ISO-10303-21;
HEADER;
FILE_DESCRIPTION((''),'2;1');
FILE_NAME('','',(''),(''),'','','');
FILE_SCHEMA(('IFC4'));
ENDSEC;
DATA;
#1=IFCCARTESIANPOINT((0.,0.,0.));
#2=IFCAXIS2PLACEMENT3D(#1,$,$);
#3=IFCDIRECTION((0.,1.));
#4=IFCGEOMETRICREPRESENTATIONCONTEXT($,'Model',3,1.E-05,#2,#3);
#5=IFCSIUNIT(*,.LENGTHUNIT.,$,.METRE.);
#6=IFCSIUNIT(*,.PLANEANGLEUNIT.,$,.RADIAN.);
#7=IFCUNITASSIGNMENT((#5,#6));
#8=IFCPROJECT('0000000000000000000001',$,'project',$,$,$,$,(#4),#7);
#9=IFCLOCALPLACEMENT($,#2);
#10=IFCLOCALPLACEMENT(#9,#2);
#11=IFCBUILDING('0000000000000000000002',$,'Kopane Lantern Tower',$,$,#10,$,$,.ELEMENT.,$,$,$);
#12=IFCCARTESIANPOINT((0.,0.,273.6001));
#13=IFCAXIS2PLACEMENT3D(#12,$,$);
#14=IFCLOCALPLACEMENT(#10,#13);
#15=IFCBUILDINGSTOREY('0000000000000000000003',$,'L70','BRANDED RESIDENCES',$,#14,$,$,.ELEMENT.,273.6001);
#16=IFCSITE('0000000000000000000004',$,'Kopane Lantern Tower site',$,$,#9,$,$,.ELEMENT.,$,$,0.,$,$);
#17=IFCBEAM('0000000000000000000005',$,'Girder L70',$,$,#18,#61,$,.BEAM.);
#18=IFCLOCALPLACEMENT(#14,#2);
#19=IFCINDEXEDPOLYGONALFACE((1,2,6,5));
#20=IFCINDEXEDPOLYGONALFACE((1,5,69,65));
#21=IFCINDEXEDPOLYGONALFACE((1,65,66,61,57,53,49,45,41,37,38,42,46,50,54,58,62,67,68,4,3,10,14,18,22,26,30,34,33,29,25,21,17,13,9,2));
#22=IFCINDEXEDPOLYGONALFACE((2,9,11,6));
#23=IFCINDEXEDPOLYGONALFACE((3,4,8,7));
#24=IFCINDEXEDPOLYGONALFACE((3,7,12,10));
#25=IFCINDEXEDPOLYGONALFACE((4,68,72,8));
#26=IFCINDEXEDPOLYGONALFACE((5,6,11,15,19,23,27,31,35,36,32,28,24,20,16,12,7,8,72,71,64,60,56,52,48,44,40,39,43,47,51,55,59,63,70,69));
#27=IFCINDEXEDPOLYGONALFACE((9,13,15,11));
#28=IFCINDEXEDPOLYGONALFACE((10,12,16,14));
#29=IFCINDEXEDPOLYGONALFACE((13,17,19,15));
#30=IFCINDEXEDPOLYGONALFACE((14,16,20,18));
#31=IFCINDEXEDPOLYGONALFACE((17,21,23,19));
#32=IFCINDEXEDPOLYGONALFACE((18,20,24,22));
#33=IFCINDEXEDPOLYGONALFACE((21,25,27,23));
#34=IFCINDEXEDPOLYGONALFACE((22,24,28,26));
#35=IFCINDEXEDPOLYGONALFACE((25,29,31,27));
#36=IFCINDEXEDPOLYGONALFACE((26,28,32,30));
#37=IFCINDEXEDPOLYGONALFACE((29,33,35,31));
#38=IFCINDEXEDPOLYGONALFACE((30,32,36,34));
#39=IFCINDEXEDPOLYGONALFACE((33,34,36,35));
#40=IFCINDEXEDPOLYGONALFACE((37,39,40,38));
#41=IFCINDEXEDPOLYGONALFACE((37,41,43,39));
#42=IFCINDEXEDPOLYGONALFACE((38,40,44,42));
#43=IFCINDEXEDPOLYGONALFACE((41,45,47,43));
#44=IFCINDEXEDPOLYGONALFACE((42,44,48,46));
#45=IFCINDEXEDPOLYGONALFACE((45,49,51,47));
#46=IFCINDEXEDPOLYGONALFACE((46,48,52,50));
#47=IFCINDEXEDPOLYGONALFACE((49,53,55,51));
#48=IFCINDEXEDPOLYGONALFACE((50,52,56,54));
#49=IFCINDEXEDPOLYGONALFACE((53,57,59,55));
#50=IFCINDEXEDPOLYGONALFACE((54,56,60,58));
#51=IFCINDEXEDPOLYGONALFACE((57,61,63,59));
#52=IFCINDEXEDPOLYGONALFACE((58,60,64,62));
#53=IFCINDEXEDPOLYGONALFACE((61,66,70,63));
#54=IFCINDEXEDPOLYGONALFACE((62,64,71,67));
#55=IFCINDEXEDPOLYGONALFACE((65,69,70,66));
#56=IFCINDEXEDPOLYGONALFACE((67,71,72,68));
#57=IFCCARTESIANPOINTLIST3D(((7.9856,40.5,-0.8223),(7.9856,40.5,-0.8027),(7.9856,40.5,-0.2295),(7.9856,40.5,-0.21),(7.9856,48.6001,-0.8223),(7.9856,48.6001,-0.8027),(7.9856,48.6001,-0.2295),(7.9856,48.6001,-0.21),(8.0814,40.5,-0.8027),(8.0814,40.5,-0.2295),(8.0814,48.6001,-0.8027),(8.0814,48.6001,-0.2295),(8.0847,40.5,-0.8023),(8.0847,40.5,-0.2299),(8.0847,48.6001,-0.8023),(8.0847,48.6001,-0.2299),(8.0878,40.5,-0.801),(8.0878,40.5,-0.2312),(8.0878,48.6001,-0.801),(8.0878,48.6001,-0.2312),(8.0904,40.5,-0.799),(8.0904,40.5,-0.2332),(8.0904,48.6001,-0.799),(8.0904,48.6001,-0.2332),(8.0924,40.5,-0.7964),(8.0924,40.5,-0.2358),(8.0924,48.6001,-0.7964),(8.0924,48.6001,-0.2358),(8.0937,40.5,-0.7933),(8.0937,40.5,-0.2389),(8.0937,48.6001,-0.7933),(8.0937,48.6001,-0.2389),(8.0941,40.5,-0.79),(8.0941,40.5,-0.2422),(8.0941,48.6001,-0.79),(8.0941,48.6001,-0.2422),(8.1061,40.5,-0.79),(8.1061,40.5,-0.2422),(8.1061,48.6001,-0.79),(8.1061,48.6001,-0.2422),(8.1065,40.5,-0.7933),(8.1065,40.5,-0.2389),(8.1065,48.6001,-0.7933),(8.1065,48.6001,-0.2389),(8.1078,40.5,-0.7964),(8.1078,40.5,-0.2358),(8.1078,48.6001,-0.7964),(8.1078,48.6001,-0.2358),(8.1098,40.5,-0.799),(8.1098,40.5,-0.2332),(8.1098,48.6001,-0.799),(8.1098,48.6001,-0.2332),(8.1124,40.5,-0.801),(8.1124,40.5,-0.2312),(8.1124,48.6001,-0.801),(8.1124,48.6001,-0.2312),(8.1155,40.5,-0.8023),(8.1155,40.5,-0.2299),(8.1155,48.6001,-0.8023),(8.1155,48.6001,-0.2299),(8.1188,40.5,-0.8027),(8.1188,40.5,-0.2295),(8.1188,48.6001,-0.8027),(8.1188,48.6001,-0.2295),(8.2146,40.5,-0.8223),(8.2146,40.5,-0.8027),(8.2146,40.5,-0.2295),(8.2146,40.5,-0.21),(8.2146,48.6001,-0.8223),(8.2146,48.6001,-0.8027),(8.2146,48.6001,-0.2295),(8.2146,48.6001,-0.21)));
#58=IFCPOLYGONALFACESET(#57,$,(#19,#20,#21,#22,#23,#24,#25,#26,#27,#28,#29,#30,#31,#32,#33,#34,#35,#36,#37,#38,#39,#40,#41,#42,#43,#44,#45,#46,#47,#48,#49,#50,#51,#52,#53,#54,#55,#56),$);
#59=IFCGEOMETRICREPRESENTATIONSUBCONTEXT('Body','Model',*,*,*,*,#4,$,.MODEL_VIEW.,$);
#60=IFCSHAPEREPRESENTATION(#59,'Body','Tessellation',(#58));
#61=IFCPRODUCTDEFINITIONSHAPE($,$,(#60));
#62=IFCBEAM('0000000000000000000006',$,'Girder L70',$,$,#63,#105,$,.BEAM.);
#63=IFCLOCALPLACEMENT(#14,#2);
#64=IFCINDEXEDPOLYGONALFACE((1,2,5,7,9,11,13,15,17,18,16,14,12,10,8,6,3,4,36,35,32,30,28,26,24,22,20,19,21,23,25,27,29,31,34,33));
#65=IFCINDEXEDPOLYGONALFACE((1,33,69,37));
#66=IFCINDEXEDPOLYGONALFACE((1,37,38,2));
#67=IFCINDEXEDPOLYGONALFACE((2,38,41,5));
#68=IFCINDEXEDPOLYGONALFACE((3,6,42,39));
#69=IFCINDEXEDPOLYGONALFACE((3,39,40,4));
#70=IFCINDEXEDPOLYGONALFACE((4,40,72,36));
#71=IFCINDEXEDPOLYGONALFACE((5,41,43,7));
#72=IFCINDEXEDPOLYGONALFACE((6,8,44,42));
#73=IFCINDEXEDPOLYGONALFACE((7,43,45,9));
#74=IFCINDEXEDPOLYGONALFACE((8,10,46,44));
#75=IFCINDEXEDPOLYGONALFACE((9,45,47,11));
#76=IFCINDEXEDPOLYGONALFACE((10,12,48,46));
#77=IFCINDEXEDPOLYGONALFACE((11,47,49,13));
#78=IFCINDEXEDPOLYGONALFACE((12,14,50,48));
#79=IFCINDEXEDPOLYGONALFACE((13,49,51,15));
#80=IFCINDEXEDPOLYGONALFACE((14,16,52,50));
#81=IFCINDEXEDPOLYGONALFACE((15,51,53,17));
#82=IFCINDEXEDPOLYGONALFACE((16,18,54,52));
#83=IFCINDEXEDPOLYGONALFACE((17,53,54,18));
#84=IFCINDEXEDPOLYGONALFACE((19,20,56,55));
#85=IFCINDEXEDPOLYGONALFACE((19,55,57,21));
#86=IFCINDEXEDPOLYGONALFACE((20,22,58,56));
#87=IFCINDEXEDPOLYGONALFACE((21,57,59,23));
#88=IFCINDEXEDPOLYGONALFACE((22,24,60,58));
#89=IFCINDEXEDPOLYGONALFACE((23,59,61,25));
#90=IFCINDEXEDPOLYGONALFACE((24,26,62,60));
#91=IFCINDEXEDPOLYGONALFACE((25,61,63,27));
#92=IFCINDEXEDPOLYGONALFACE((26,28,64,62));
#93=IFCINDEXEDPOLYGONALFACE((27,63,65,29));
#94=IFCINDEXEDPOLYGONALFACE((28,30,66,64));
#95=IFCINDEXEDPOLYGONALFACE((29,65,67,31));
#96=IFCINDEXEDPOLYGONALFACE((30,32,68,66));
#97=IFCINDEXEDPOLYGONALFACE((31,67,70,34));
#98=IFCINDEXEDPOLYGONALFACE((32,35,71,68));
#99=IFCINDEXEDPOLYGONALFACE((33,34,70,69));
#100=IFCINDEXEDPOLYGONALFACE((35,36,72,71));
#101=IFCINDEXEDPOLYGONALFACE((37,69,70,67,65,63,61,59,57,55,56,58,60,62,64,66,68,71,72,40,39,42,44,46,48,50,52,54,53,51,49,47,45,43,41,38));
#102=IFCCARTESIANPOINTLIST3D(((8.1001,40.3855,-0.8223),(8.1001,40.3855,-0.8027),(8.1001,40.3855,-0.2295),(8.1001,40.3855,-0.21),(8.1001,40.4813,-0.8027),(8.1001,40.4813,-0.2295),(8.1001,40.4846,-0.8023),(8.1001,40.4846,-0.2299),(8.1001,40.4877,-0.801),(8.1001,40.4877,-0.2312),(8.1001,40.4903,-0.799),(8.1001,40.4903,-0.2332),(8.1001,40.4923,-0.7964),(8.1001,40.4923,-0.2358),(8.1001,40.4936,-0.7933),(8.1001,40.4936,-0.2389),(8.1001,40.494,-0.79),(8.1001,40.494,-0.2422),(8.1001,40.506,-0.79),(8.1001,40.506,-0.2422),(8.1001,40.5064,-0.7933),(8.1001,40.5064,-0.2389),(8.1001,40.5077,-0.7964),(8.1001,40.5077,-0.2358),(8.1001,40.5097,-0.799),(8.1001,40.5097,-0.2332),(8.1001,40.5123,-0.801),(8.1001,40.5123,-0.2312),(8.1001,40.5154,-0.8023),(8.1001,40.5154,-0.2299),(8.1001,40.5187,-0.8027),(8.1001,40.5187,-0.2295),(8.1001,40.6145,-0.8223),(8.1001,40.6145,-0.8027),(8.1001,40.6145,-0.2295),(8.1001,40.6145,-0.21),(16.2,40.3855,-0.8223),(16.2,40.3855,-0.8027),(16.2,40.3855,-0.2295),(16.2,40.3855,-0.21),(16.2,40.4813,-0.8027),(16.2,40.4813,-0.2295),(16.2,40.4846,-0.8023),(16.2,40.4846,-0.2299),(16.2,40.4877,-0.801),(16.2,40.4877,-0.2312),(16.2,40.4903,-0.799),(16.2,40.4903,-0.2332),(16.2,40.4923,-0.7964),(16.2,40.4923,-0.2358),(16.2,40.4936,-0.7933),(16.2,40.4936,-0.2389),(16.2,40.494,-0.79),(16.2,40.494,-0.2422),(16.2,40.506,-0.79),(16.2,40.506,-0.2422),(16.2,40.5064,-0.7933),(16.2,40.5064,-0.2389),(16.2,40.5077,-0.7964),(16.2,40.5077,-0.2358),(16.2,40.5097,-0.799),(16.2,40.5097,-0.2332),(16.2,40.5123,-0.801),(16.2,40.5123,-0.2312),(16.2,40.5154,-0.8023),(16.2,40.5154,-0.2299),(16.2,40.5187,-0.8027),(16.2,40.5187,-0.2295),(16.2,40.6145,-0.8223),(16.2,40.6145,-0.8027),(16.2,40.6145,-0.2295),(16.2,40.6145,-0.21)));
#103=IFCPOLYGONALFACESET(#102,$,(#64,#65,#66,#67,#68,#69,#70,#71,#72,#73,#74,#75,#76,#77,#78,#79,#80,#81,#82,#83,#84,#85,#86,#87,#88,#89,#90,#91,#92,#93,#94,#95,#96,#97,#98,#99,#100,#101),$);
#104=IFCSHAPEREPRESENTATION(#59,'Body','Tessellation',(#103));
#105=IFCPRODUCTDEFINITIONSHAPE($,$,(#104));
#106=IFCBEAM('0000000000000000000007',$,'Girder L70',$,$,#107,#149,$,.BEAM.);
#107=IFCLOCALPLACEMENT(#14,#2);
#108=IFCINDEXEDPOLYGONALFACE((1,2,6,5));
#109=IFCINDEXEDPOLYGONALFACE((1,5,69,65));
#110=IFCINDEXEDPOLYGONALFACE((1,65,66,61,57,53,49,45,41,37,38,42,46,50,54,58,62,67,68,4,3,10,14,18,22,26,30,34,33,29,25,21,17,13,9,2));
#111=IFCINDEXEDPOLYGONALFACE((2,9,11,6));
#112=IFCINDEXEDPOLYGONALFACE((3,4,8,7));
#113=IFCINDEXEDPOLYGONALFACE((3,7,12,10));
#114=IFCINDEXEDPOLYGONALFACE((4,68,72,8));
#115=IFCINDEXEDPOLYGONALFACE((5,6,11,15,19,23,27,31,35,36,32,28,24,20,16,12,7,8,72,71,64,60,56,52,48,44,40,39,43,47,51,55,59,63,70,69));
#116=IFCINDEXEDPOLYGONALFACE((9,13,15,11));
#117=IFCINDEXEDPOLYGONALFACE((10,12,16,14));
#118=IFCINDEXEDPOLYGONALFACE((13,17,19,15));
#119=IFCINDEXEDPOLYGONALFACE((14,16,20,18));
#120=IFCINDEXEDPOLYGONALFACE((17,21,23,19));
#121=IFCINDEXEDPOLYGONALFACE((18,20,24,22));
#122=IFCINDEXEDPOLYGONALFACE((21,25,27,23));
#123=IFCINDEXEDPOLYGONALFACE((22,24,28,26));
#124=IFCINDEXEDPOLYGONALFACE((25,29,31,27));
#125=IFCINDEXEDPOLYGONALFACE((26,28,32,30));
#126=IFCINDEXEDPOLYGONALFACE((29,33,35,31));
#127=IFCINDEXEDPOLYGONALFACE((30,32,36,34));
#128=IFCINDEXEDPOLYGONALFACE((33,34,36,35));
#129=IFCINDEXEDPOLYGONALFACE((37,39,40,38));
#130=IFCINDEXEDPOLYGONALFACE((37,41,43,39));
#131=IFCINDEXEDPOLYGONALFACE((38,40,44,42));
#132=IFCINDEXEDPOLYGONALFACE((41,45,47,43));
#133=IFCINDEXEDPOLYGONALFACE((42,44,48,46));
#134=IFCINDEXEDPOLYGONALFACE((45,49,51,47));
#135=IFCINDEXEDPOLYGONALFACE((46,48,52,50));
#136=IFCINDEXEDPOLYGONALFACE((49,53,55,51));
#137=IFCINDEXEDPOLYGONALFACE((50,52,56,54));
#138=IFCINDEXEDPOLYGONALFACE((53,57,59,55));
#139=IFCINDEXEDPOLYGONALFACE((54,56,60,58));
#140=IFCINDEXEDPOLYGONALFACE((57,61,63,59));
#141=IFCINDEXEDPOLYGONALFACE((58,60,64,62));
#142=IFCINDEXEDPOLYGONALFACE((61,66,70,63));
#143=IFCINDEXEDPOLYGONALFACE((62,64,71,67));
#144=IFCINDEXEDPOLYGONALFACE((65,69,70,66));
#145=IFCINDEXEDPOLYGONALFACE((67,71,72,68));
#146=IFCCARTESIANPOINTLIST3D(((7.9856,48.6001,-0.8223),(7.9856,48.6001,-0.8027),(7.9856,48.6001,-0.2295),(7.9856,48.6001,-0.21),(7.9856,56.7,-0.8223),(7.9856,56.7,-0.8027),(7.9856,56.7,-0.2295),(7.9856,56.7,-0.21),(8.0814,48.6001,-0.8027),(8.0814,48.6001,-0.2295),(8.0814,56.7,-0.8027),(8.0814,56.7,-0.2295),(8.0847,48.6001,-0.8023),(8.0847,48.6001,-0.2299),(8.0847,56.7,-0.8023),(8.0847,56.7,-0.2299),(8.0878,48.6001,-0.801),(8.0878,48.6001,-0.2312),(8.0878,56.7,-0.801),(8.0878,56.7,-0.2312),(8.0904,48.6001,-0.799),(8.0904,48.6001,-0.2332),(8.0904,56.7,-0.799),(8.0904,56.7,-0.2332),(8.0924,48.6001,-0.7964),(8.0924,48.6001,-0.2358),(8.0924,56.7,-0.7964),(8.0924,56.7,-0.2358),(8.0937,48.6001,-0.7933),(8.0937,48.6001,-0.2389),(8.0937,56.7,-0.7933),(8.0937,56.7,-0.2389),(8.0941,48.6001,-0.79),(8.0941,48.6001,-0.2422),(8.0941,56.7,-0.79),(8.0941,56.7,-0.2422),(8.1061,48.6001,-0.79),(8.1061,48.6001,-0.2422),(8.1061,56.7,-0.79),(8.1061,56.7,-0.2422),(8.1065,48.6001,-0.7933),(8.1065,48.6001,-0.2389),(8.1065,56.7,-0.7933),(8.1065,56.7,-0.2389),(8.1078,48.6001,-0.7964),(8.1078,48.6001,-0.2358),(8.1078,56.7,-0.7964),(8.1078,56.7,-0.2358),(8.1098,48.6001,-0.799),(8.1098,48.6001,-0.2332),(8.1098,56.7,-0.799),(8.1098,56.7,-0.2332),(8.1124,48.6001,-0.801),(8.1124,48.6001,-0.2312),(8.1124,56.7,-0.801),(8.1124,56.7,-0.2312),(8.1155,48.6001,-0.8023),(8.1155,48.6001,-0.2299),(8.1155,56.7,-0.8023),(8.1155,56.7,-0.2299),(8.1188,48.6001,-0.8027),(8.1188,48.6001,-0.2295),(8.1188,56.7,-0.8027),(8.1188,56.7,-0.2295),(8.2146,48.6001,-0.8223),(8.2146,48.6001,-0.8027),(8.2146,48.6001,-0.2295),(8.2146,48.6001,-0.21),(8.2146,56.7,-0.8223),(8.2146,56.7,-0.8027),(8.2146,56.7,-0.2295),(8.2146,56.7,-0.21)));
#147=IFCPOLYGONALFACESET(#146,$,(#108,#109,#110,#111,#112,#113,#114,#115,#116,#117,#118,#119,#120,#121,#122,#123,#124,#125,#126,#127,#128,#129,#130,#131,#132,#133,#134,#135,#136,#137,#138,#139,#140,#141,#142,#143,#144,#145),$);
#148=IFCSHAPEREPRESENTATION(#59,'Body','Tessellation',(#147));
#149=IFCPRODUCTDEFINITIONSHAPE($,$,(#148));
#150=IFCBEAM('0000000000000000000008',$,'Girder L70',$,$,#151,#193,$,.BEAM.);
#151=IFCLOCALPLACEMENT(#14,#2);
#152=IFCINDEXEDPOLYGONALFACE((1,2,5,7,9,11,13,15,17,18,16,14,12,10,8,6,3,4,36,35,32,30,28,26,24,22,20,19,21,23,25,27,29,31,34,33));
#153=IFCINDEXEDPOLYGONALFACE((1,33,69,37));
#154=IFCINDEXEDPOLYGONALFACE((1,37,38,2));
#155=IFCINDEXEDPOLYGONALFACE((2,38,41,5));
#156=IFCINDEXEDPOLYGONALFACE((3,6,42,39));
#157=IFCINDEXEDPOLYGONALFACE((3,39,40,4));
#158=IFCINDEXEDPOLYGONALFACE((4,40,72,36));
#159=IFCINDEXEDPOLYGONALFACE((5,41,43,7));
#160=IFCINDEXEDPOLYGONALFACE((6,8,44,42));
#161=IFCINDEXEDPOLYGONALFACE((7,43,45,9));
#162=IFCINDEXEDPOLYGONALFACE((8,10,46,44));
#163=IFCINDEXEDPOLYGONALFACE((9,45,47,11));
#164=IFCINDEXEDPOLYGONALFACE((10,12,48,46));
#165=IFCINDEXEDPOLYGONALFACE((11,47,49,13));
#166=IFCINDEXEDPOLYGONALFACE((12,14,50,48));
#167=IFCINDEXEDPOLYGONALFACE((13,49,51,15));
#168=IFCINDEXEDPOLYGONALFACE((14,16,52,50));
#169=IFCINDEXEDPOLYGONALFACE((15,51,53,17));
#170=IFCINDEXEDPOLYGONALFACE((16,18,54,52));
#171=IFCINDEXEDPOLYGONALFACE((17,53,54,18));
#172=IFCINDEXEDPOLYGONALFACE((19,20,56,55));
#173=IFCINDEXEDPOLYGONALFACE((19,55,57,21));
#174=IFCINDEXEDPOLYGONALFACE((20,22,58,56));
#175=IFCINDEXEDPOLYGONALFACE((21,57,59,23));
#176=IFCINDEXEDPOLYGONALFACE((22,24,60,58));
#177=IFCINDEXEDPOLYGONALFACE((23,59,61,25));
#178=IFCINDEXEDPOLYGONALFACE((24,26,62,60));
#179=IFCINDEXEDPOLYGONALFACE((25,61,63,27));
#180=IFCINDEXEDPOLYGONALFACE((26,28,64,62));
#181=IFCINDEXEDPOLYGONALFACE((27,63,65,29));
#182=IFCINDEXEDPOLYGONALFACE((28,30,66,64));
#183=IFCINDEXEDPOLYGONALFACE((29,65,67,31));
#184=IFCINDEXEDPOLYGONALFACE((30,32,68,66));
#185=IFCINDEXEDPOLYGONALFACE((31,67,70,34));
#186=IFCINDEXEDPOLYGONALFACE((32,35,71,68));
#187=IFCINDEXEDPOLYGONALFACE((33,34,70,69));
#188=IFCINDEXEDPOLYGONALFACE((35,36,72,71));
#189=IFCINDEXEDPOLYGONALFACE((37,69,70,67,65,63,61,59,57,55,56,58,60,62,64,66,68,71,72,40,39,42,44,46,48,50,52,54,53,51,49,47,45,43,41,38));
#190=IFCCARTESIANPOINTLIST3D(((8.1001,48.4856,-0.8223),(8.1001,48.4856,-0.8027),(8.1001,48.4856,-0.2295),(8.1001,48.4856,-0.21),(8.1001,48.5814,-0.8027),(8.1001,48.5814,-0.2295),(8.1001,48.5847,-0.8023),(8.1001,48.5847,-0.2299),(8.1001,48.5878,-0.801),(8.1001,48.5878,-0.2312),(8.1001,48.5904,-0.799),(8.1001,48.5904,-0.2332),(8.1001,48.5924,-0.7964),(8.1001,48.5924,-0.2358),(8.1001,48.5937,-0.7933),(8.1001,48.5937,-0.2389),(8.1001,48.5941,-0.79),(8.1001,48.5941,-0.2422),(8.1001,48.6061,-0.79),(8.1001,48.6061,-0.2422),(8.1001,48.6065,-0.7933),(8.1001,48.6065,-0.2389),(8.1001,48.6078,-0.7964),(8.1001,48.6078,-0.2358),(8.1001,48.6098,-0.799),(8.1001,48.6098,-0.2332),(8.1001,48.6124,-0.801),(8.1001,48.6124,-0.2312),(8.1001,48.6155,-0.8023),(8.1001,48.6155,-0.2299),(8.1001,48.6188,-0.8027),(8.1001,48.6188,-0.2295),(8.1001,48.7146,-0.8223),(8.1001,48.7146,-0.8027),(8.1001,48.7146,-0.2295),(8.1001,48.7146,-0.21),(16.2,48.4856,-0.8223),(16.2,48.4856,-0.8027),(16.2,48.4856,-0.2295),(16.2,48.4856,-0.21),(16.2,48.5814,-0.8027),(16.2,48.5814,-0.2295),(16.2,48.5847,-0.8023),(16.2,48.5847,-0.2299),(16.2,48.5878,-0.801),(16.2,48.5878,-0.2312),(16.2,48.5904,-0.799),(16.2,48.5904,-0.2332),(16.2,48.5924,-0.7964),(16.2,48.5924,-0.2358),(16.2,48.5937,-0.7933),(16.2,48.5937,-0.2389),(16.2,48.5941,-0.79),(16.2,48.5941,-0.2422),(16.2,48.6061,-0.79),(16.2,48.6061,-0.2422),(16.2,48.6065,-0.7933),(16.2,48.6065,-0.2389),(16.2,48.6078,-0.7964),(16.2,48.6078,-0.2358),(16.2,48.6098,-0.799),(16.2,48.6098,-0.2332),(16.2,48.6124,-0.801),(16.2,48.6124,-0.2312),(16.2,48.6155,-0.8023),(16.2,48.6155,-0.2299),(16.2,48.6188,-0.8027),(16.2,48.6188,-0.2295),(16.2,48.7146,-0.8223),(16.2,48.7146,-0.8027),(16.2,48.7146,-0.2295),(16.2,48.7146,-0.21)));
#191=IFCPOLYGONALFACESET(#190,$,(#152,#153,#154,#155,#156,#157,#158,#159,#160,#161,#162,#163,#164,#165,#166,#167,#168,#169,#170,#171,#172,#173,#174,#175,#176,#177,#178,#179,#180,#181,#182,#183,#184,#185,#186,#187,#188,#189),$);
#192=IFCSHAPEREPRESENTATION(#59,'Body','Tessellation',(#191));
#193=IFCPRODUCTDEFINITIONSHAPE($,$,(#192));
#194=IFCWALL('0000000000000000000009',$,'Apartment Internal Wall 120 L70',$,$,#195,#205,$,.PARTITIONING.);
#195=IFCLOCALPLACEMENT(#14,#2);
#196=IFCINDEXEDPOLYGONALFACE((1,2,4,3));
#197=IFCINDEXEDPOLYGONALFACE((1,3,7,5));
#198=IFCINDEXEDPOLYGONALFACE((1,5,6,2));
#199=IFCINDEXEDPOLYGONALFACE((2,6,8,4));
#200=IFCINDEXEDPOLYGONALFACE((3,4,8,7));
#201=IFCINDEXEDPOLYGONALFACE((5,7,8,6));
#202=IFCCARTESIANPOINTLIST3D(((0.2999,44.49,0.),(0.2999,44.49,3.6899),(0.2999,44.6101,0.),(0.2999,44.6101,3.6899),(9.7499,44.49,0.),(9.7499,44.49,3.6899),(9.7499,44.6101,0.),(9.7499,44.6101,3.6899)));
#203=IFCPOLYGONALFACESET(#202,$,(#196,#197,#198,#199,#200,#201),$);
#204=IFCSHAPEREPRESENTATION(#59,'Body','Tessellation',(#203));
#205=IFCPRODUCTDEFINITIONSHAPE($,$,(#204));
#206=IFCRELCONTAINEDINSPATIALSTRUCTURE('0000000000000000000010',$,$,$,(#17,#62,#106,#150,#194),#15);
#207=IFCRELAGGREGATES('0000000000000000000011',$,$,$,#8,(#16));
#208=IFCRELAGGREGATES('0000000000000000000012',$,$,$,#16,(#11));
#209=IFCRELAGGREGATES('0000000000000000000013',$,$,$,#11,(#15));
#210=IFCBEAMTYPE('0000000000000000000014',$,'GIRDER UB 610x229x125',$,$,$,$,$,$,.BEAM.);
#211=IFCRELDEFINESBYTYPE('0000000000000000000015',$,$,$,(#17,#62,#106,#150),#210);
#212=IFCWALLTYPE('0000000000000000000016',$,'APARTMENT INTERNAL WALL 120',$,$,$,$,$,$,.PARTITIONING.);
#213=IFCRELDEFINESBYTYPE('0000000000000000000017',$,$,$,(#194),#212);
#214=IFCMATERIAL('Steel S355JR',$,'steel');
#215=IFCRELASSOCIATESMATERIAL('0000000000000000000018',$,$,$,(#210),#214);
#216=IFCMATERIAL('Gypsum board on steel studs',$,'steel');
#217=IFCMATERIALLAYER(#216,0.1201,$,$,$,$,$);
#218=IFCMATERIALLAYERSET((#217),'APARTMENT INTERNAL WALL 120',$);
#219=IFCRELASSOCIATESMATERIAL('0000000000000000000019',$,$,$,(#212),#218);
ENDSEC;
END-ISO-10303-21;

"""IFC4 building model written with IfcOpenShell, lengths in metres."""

from ifc_helpers import new_model, si_unit, direction, frame, frame_2d, origin, origin_2d, place, context, subcontext, project, spatial, rectangle, i_section, extrude, material, layer, layer_set, material_profile, profile_set, type_object, element, save


model = new_model("IFC4")

# Units and contexts
model_context = context("Model", 3, precision=1e-05, world=origin(), true_north=direction((0.0, 1.0)))
body_context = subcontext(model_context, "Body", "Model", "MODEL_VIEW")
ifc_project = project(units=[si_unit("LENGTHUNIT", "METRE"), si_unit("PLANEANGLEUNIT", "RADIAN")], contexts=[model_context])

# Site, building, storey
site_placement = place(None, origin())
site = spatial("IfcSite", under=ifc_project, at=site_placement, Name="Kopane Lantern Tower site", CompositionType="ELEMENT", RefElevation=0.0)
building_placement = place(site_placement, origin())
building = spatial("IfcBuilding", under=site, at=building_placement, Name="Kopane Lantern Tower", CompositionType="ELEMENT")
storey_placement = place(building_placement, frame((0.0, 0.0, 273.6001)))
storey = spatial("IfcBuildingStorey", under=building, at=storey_placement, Name="L70", Description="BRANDED RESIDENCES", CompositionType="ELEMENT", Elevation=273.6001)

# Beams
ifc_material_1 = material(Name="Steel S355JR", Category="steel")
ifc_material_profile_1 = material_profile(ifc_material_1, i_section(OverallWidth=0.229, OverallDepth=0.6123, WebThickness=0.012, FlangeThickness=0.0195, FilletRadius=0.0127, at=origin_2d()), Name="UB 610x229x125")
ifc_profile_set_1 = profile_set([ifc_material_profile_1], Name="Steel S355JR")
beam_type = type_object("IfcBeamType", Name="GIRDER UB 610x229x125", PredefinedType="BEAM", material=ifc_profile_set_1)
for number, where, z_axis, x_axis, name in (
    (1, (8.1001, 40.5, -0.5161), (0.0, 1.0, 0.0), (-1.0, 0.0, 0.0), "Girder L70"),
):
    element("IfcBeam", number, at=place(storey_placement, frame(where, z_axis=z_axis, x_axis=x_axis)), inside=storey, type_object=beam_type, Name=name, PredefinedType="BEAM", context=body_context, shape_type="SweptSolid", body=[
        extrude(i_section(OverallWidth=0.229, OverallDepth=0.6123, WebThickness=0.012, FlangeThickness=0.0195, FilletRadius=0.0127, at=origin_2d()), origin(), (0.0, 0.0, 1.0), 8.1001),
    ])
for number, where, z_axis, x_axis, name in (
    (2, (8.1001, 40.5, -0.5161), (1.0, 0.0, 0.0), (0.0, 1.0, 0.0), "Girder L70"),
    (3, (8.1001, 48.6001, -0.5161), (0.0, 1.0, 0.0), (-1.0, 0.0, 0.0), "Girder L70"),
    (4, (8.1001, 48.6001, -0.5161), (1.0, 0.0, 0.0), (0.0, 1.0, 0.0), "Girder L70"),
):
    element("IfcBeam", number, at=place(storey_placement, frame(where, z_axis=z_axis, x_axis=x_axis)), inside=storey, type_object=beam_type, Name=name, PredefinedType="BEAM", context=body_context, shape_type="SweptSolid", body=[
        extrude(i_section(OverallWidth=0.229, OverallDepth=0.6123, WebThickness=0.012, FlangeThickness=0.0195, FilletRadius=0.0127, at=origin_2d()), origin(), (0.0, 0.0, 1.0), 8.0999),
    ])

# Wall
ifc_material_2 = material(Name="Gypsum board on steel studs", Category="steel")
ifc_layer_1 = layer(ifc_material_2, 0.1201)
ifc_layer_set_1 = layer_set([ifc_layer_1], Name="APARTMENT INTERNAL WALL 120")
wall_type_1 = type_object("IfcWallType", Name="APARTMENT INTERNAL WALL 120", PredefinedType="PARTITIONING", material=ifc_layer_set_1)
wall_1_placement = place(storey_placement, frame((9.75, 44.55, 0.0), z_axis=(0.0, 0.0, 1.0), x_axis=(-1.0, 0.0, 0.0)))
element("IfcWall", 5, at=wall_1_placement, inside=storey, type_object=wall_type_1, Name="Apartment Internal Wall 120 L70", PredefinedType="PARTITIONING", context=body_context, shape_type="SweptSolid", body=[
    extrude(rectangle(XDim=9.45, YDim=0.1201, at=frame_2d((4.7251, 0.0))), origin(), (0.0, 0.0, 1.0), 3.6899),
])

save(model, "model.ifc")
